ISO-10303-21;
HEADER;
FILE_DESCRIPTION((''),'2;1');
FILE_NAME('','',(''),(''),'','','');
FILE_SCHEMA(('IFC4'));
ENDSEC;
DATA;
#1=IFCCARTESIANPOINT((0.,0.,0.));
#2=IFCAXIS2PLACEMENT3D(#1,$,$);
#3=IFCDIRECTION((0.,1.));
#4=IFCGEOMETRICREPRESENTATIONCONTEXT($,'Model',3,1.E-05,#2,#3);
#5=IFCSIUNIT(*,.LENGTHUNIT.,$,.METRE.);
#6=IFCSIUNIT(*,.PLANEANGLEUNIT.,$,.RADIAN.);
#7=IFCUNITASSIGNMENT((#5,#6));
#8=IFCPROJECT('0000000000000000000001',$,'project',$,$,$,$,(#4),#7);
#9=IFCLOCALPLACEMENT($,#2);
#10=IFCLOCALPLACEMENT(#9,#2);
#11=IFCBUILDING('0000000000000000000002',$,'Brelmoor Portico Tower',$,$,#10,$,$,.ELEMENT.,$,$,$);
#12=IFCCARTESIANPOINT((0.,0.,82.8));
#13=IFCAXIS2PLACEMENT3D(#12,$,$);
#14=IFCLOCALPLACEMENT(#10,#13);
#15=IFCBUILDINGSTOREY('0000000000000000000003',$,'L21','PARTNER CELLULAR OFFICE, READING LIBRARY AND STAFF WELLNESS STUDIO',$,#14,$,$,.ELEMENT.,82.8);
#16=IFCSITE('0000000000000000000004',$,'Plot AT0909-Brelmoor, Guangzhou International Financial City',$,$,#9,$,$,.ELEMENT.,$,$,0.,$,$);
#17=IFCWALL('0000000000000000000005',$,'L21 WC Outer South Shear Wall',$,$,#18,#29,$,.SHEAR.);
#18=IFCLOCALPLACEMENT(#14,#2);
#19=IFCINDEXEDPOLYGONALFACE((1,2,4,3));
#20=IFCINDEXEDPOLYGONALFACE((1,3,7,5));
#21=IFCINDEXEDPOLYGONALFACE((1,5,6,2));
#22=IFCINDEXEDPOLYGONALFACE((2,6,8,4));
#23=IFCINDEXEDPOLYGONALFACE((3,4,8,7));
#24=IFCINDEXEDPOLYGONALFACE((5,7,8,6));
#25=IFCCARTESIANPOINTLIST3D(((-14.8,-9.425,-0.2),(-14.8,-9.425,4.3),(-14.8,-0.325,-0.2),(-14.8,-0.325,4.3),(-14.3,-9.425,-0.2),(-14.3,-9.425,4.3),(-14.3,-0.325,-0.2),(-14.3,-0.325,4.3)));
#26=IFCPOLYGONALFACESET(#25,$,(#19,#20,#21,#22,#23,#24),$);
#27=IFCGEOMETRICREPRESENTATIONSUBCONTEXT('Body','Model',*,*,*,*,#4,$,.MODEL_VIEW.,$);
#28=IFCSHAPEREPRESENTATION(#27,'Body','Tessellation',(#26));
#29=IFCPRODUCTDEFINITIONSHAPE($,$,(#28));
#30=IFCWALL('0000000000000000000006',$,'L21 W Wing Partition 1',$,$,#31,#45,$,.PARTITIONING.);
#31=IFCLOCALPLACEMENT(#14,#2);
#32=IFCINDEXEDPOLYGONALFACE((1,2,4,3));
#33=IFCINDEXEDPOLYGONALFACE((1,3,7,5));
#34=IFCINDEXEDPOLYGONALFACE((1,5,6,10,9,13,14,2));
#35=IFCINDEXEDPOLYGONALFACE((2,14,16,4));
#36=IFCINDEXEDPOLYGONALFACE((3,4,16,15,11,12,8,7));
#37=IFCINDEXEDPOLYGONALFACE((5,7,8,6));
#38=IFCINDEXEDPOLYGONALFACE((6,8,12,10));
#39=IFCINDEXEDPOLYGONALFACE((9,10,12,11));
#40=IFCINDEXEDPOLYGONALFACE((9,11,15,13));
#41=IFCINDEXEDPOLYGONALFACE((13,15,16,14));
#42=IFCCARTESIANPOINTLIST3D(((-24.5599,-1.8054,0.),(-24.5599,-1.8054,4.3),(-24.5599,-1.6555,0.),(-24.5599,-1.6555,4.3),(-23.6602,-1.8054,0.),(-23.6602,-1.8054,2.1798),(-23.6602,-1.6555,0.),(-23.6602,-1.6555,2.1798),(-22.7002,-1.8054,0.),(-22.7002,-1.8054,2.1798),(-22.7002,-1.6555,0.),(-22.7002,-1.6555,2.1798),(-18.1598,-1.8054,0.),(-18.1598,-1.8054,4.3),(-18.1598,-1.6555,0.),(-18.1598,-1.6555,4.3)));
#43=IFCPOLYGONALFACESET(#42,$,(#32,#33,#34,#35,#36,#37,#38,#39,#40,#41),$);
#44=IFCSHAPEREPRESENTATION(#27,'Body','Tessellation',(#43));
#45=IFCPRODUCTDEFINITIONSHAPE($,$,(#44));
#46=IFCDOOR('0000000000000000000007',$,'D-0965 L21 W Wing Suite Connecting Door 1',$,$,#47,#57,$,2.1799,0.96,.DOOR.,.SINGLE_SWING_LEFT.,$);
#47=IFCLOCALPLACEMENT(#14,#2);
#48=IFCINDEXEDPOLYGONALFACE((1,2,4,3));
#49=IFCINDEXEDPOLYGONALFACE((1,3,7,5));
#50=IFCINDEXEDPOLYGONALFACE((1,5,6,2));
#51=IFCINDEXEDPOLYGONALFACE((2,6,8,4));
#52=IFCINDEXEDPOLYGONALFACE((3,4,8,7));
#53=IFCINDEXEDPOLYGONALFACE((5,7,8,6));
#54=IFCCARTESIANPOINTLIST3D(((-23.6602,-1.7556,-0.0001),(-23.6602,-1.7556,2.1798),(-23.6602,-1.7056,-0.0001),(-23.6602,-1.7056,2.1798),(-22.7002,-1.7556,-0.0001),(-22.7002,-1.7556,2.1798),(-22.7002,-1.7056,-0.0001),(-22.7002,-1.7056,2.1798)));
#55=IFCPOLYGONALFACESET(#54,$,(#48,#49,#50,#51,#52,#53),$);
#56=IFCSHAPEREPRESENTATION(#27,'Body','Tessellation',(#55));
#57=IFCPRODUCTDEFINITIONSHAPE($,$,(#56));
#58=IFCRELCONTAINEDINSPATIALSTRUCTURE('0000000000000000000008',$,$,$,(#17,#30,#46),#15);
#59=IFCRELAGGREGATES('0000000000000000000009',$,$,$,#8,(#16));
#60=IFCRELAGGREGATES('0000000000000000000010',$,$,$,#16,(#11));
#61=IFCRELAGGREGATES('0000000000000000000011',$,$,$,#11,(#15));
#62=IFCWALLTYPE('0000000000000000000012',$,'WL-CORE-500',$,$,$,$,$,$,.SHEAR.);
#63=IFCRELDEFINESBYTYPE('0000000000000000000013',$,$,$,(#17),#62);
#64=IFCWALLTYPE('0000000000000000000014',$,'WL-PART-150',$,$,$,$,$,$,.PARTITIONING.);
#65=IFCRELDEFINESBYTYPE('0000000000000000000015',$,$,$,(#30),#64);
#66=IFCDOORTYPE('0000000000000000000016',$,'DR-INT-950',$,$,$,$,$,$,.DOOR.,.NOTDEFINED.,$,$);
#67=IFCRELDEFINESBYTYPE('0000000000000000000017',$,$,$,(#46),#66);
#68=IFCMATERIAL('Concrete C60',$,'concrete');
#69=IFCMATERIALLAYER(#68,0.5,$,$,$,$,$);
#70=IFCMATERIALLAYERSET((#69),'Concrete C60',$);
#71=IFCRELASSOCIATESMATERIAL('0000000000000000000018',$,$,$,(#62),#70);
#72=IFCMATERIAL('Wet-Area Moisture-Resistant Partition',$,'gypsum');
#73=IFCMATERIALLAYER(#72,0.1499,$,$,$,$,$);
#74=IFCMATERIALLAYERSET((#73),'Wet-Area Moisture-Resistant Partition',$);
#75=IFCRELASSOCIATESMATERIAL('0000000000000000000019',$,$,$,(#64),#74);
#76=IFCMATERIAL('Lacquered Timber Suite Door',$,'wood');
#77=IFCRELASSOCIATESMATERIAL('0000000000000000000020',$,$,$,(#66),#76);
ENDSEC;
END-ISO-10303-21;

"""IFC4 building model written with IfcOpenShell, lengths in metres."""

from ifc_helpers import new_model, si_unit, direction, frame, frame_2d, origin, place, context, subcontext, project, spatial, rectangle, extrude, material, layer, layer_set, type_object, element, fill, save


model = new_model("IFC4")

# Units and contexts
model_context = context("Model", 3, precision=1e-05, world=origin(), true_north=direction((0.0, 1.0)))
body_context = subcontext(model_context, "Body", "Model", "MODEL_VIEW")
ifc_project = project(units=[si_unit("LENGTHUNIT", "METRE"), si_unit("PLANEANGLEUNIT", "RADIAN")], contexts=[model_context])

# Site, building, storey
site_placement = place(None, origin())
site = spatial("IfcSite", under=ifc_project, at=site_placement, Name="Plot AT0909-Brelmoor, Guangzhou International Financial City", CompositionType="ELEMENT", RefElevation=0.0)
building_placement = place(site_placement, origin())
building = spatial("IfcBuilding", under=site, at=building_placement, Name="Brelmoor Portico Tower", CompositionType="ELEMENT")
storey_placement = place(building_placement, frame((0.0, 0.0, 82.8)))
storey = spatial("IfcBuildingStorey", under=building, at=storey_placement, Name="L21", Description="PARTNER CELLULAR OFFICE, READING LIBRARY AND STAFF WELLNESS STUDIO", CompositionType="ELEMENT", Elevation=82.8)

# Wall
ifc_material_1 = material(Name="Concrete C60", Category="concrete")
ifc_layer_1 = layer(ifc_material_1, 0.5)
ifc_layer_set_1 = layer_set([ifc_layer_1], Name="Concrete C60")
wall_type_1 = type_object("IfcWallType", Name="WL-CORE-500", PredefinedType="SHEAR", material=ifc_layer_set_1)
wall_1_placement = place(storey_placement, frame((-14.55, -9.425, -0.2), z_axis=(0.0, 0.0, 1.0), x_axis=(0.0, 1.0, 0.0)))
element("IfcWall", 1, at=wall_1_placement, inside=storey, type_object=wall_type_1, Name="L21 WC Outer South Shear Wall", PredefinedType="SHEAR", context=body_context, shape_type="SweptSolid", body=[
    extrude(rectangle(XDim=9.1001, YDim=0.5, at=frame_2d((4.55, 0.0))), origin(), (0.0, 0.0, 1.0), 4.5),
])

# Wall, opening, door
ifc_material_2 = material(Name="Wet-Area Moisture-Resistant Partition", Category="gypsum")
ifc_layer_2 = layer(ifc_material_2, 0.1499)
ifc_layer_set_2 = layer_set([ifc_layer_2], Name="Wet-Area Moisture-Resistant Partition")
wall_type_2 = type_object("IfcWallType", Name="WL-PART-150", PredefinedType="PARTITIONING", material=ifc_layer_set_2)
wall_2_placement = place(storey_placement, frame((-24.5601, -1.7305, 0.0), z_axis=(0.0, 0.0, 1.0), x_axis=(1.0, 0.0, 0.0)))
wall_2 = element("IfcWall", 2, at=wall_2_placement, inside=storey, type_object=wall_type_2, Name="L21 W Wing Partition 1", PredefinedType="PARTITIONING", context=body_context, shape_type="SweptSolid", body=[
    extrude(rectangle(XDim=6.4001, YDim=0.1499, at=frame_2d((3.2002, 0.0))), origin(), (0.0, 0.0, 1.0), 4.3),
])
opening_placement = place(wall_2_placement, frame((0.8999, 0.0, 0.0)))
opening = element("IfcOpeningElement", 3, at=opening_placement, cuts=wall_2, PredefinedType="OPENING", context=body_context, shape_type="SweptSolid", body=[
    extrude(rectangle(XDim=0.96, YDim=2.1799, at=frame_2d((0.48, 1.0898))), frame((0.0, 0.085, 0.0), z_axis=(0.0, -1.0, 0.0), x_axis=(1.0, 0.0, 0.0)), (0.0, 0.0, 1.0), 0.1699),
])
ifc_material_3 = material(Name="Lacquered Timber Suite Door", Category="wood")
door_type = type_object("IfcDoorType", Name="DR-INT-950", OperationType="NOTDEFINED", PredefinedType="DOOR", material=ifc_material_3)
door_placement = place(opening_placement, origin())
door = element("IfcDoor", 4, at=door_placement, inside=storey, type_object=door_type, Name="D-0965 L21 W Wing Suite Connecting Door 1", OperationType="SINGLE_SWING_LEFT", OverallHeight=2.1799, OverallWidth=0.96, PredefinedType="DOOR", context=body_context, shape_type="SweptSolid", body=[
    extrude(rectangle(XDim=0.96, YDim=2.1799, at=frame_2d((0.48, 1.0898))), frame((0.0, 0.0249, 0.0), z_axis=(0.0, -1.0, 0.0), x_axis=(1.0, 0.0, 0.0)), (0.0, 0.0, 1.0), 0.05),
])
fill(opening, door)

save(model, "model.ifc")
